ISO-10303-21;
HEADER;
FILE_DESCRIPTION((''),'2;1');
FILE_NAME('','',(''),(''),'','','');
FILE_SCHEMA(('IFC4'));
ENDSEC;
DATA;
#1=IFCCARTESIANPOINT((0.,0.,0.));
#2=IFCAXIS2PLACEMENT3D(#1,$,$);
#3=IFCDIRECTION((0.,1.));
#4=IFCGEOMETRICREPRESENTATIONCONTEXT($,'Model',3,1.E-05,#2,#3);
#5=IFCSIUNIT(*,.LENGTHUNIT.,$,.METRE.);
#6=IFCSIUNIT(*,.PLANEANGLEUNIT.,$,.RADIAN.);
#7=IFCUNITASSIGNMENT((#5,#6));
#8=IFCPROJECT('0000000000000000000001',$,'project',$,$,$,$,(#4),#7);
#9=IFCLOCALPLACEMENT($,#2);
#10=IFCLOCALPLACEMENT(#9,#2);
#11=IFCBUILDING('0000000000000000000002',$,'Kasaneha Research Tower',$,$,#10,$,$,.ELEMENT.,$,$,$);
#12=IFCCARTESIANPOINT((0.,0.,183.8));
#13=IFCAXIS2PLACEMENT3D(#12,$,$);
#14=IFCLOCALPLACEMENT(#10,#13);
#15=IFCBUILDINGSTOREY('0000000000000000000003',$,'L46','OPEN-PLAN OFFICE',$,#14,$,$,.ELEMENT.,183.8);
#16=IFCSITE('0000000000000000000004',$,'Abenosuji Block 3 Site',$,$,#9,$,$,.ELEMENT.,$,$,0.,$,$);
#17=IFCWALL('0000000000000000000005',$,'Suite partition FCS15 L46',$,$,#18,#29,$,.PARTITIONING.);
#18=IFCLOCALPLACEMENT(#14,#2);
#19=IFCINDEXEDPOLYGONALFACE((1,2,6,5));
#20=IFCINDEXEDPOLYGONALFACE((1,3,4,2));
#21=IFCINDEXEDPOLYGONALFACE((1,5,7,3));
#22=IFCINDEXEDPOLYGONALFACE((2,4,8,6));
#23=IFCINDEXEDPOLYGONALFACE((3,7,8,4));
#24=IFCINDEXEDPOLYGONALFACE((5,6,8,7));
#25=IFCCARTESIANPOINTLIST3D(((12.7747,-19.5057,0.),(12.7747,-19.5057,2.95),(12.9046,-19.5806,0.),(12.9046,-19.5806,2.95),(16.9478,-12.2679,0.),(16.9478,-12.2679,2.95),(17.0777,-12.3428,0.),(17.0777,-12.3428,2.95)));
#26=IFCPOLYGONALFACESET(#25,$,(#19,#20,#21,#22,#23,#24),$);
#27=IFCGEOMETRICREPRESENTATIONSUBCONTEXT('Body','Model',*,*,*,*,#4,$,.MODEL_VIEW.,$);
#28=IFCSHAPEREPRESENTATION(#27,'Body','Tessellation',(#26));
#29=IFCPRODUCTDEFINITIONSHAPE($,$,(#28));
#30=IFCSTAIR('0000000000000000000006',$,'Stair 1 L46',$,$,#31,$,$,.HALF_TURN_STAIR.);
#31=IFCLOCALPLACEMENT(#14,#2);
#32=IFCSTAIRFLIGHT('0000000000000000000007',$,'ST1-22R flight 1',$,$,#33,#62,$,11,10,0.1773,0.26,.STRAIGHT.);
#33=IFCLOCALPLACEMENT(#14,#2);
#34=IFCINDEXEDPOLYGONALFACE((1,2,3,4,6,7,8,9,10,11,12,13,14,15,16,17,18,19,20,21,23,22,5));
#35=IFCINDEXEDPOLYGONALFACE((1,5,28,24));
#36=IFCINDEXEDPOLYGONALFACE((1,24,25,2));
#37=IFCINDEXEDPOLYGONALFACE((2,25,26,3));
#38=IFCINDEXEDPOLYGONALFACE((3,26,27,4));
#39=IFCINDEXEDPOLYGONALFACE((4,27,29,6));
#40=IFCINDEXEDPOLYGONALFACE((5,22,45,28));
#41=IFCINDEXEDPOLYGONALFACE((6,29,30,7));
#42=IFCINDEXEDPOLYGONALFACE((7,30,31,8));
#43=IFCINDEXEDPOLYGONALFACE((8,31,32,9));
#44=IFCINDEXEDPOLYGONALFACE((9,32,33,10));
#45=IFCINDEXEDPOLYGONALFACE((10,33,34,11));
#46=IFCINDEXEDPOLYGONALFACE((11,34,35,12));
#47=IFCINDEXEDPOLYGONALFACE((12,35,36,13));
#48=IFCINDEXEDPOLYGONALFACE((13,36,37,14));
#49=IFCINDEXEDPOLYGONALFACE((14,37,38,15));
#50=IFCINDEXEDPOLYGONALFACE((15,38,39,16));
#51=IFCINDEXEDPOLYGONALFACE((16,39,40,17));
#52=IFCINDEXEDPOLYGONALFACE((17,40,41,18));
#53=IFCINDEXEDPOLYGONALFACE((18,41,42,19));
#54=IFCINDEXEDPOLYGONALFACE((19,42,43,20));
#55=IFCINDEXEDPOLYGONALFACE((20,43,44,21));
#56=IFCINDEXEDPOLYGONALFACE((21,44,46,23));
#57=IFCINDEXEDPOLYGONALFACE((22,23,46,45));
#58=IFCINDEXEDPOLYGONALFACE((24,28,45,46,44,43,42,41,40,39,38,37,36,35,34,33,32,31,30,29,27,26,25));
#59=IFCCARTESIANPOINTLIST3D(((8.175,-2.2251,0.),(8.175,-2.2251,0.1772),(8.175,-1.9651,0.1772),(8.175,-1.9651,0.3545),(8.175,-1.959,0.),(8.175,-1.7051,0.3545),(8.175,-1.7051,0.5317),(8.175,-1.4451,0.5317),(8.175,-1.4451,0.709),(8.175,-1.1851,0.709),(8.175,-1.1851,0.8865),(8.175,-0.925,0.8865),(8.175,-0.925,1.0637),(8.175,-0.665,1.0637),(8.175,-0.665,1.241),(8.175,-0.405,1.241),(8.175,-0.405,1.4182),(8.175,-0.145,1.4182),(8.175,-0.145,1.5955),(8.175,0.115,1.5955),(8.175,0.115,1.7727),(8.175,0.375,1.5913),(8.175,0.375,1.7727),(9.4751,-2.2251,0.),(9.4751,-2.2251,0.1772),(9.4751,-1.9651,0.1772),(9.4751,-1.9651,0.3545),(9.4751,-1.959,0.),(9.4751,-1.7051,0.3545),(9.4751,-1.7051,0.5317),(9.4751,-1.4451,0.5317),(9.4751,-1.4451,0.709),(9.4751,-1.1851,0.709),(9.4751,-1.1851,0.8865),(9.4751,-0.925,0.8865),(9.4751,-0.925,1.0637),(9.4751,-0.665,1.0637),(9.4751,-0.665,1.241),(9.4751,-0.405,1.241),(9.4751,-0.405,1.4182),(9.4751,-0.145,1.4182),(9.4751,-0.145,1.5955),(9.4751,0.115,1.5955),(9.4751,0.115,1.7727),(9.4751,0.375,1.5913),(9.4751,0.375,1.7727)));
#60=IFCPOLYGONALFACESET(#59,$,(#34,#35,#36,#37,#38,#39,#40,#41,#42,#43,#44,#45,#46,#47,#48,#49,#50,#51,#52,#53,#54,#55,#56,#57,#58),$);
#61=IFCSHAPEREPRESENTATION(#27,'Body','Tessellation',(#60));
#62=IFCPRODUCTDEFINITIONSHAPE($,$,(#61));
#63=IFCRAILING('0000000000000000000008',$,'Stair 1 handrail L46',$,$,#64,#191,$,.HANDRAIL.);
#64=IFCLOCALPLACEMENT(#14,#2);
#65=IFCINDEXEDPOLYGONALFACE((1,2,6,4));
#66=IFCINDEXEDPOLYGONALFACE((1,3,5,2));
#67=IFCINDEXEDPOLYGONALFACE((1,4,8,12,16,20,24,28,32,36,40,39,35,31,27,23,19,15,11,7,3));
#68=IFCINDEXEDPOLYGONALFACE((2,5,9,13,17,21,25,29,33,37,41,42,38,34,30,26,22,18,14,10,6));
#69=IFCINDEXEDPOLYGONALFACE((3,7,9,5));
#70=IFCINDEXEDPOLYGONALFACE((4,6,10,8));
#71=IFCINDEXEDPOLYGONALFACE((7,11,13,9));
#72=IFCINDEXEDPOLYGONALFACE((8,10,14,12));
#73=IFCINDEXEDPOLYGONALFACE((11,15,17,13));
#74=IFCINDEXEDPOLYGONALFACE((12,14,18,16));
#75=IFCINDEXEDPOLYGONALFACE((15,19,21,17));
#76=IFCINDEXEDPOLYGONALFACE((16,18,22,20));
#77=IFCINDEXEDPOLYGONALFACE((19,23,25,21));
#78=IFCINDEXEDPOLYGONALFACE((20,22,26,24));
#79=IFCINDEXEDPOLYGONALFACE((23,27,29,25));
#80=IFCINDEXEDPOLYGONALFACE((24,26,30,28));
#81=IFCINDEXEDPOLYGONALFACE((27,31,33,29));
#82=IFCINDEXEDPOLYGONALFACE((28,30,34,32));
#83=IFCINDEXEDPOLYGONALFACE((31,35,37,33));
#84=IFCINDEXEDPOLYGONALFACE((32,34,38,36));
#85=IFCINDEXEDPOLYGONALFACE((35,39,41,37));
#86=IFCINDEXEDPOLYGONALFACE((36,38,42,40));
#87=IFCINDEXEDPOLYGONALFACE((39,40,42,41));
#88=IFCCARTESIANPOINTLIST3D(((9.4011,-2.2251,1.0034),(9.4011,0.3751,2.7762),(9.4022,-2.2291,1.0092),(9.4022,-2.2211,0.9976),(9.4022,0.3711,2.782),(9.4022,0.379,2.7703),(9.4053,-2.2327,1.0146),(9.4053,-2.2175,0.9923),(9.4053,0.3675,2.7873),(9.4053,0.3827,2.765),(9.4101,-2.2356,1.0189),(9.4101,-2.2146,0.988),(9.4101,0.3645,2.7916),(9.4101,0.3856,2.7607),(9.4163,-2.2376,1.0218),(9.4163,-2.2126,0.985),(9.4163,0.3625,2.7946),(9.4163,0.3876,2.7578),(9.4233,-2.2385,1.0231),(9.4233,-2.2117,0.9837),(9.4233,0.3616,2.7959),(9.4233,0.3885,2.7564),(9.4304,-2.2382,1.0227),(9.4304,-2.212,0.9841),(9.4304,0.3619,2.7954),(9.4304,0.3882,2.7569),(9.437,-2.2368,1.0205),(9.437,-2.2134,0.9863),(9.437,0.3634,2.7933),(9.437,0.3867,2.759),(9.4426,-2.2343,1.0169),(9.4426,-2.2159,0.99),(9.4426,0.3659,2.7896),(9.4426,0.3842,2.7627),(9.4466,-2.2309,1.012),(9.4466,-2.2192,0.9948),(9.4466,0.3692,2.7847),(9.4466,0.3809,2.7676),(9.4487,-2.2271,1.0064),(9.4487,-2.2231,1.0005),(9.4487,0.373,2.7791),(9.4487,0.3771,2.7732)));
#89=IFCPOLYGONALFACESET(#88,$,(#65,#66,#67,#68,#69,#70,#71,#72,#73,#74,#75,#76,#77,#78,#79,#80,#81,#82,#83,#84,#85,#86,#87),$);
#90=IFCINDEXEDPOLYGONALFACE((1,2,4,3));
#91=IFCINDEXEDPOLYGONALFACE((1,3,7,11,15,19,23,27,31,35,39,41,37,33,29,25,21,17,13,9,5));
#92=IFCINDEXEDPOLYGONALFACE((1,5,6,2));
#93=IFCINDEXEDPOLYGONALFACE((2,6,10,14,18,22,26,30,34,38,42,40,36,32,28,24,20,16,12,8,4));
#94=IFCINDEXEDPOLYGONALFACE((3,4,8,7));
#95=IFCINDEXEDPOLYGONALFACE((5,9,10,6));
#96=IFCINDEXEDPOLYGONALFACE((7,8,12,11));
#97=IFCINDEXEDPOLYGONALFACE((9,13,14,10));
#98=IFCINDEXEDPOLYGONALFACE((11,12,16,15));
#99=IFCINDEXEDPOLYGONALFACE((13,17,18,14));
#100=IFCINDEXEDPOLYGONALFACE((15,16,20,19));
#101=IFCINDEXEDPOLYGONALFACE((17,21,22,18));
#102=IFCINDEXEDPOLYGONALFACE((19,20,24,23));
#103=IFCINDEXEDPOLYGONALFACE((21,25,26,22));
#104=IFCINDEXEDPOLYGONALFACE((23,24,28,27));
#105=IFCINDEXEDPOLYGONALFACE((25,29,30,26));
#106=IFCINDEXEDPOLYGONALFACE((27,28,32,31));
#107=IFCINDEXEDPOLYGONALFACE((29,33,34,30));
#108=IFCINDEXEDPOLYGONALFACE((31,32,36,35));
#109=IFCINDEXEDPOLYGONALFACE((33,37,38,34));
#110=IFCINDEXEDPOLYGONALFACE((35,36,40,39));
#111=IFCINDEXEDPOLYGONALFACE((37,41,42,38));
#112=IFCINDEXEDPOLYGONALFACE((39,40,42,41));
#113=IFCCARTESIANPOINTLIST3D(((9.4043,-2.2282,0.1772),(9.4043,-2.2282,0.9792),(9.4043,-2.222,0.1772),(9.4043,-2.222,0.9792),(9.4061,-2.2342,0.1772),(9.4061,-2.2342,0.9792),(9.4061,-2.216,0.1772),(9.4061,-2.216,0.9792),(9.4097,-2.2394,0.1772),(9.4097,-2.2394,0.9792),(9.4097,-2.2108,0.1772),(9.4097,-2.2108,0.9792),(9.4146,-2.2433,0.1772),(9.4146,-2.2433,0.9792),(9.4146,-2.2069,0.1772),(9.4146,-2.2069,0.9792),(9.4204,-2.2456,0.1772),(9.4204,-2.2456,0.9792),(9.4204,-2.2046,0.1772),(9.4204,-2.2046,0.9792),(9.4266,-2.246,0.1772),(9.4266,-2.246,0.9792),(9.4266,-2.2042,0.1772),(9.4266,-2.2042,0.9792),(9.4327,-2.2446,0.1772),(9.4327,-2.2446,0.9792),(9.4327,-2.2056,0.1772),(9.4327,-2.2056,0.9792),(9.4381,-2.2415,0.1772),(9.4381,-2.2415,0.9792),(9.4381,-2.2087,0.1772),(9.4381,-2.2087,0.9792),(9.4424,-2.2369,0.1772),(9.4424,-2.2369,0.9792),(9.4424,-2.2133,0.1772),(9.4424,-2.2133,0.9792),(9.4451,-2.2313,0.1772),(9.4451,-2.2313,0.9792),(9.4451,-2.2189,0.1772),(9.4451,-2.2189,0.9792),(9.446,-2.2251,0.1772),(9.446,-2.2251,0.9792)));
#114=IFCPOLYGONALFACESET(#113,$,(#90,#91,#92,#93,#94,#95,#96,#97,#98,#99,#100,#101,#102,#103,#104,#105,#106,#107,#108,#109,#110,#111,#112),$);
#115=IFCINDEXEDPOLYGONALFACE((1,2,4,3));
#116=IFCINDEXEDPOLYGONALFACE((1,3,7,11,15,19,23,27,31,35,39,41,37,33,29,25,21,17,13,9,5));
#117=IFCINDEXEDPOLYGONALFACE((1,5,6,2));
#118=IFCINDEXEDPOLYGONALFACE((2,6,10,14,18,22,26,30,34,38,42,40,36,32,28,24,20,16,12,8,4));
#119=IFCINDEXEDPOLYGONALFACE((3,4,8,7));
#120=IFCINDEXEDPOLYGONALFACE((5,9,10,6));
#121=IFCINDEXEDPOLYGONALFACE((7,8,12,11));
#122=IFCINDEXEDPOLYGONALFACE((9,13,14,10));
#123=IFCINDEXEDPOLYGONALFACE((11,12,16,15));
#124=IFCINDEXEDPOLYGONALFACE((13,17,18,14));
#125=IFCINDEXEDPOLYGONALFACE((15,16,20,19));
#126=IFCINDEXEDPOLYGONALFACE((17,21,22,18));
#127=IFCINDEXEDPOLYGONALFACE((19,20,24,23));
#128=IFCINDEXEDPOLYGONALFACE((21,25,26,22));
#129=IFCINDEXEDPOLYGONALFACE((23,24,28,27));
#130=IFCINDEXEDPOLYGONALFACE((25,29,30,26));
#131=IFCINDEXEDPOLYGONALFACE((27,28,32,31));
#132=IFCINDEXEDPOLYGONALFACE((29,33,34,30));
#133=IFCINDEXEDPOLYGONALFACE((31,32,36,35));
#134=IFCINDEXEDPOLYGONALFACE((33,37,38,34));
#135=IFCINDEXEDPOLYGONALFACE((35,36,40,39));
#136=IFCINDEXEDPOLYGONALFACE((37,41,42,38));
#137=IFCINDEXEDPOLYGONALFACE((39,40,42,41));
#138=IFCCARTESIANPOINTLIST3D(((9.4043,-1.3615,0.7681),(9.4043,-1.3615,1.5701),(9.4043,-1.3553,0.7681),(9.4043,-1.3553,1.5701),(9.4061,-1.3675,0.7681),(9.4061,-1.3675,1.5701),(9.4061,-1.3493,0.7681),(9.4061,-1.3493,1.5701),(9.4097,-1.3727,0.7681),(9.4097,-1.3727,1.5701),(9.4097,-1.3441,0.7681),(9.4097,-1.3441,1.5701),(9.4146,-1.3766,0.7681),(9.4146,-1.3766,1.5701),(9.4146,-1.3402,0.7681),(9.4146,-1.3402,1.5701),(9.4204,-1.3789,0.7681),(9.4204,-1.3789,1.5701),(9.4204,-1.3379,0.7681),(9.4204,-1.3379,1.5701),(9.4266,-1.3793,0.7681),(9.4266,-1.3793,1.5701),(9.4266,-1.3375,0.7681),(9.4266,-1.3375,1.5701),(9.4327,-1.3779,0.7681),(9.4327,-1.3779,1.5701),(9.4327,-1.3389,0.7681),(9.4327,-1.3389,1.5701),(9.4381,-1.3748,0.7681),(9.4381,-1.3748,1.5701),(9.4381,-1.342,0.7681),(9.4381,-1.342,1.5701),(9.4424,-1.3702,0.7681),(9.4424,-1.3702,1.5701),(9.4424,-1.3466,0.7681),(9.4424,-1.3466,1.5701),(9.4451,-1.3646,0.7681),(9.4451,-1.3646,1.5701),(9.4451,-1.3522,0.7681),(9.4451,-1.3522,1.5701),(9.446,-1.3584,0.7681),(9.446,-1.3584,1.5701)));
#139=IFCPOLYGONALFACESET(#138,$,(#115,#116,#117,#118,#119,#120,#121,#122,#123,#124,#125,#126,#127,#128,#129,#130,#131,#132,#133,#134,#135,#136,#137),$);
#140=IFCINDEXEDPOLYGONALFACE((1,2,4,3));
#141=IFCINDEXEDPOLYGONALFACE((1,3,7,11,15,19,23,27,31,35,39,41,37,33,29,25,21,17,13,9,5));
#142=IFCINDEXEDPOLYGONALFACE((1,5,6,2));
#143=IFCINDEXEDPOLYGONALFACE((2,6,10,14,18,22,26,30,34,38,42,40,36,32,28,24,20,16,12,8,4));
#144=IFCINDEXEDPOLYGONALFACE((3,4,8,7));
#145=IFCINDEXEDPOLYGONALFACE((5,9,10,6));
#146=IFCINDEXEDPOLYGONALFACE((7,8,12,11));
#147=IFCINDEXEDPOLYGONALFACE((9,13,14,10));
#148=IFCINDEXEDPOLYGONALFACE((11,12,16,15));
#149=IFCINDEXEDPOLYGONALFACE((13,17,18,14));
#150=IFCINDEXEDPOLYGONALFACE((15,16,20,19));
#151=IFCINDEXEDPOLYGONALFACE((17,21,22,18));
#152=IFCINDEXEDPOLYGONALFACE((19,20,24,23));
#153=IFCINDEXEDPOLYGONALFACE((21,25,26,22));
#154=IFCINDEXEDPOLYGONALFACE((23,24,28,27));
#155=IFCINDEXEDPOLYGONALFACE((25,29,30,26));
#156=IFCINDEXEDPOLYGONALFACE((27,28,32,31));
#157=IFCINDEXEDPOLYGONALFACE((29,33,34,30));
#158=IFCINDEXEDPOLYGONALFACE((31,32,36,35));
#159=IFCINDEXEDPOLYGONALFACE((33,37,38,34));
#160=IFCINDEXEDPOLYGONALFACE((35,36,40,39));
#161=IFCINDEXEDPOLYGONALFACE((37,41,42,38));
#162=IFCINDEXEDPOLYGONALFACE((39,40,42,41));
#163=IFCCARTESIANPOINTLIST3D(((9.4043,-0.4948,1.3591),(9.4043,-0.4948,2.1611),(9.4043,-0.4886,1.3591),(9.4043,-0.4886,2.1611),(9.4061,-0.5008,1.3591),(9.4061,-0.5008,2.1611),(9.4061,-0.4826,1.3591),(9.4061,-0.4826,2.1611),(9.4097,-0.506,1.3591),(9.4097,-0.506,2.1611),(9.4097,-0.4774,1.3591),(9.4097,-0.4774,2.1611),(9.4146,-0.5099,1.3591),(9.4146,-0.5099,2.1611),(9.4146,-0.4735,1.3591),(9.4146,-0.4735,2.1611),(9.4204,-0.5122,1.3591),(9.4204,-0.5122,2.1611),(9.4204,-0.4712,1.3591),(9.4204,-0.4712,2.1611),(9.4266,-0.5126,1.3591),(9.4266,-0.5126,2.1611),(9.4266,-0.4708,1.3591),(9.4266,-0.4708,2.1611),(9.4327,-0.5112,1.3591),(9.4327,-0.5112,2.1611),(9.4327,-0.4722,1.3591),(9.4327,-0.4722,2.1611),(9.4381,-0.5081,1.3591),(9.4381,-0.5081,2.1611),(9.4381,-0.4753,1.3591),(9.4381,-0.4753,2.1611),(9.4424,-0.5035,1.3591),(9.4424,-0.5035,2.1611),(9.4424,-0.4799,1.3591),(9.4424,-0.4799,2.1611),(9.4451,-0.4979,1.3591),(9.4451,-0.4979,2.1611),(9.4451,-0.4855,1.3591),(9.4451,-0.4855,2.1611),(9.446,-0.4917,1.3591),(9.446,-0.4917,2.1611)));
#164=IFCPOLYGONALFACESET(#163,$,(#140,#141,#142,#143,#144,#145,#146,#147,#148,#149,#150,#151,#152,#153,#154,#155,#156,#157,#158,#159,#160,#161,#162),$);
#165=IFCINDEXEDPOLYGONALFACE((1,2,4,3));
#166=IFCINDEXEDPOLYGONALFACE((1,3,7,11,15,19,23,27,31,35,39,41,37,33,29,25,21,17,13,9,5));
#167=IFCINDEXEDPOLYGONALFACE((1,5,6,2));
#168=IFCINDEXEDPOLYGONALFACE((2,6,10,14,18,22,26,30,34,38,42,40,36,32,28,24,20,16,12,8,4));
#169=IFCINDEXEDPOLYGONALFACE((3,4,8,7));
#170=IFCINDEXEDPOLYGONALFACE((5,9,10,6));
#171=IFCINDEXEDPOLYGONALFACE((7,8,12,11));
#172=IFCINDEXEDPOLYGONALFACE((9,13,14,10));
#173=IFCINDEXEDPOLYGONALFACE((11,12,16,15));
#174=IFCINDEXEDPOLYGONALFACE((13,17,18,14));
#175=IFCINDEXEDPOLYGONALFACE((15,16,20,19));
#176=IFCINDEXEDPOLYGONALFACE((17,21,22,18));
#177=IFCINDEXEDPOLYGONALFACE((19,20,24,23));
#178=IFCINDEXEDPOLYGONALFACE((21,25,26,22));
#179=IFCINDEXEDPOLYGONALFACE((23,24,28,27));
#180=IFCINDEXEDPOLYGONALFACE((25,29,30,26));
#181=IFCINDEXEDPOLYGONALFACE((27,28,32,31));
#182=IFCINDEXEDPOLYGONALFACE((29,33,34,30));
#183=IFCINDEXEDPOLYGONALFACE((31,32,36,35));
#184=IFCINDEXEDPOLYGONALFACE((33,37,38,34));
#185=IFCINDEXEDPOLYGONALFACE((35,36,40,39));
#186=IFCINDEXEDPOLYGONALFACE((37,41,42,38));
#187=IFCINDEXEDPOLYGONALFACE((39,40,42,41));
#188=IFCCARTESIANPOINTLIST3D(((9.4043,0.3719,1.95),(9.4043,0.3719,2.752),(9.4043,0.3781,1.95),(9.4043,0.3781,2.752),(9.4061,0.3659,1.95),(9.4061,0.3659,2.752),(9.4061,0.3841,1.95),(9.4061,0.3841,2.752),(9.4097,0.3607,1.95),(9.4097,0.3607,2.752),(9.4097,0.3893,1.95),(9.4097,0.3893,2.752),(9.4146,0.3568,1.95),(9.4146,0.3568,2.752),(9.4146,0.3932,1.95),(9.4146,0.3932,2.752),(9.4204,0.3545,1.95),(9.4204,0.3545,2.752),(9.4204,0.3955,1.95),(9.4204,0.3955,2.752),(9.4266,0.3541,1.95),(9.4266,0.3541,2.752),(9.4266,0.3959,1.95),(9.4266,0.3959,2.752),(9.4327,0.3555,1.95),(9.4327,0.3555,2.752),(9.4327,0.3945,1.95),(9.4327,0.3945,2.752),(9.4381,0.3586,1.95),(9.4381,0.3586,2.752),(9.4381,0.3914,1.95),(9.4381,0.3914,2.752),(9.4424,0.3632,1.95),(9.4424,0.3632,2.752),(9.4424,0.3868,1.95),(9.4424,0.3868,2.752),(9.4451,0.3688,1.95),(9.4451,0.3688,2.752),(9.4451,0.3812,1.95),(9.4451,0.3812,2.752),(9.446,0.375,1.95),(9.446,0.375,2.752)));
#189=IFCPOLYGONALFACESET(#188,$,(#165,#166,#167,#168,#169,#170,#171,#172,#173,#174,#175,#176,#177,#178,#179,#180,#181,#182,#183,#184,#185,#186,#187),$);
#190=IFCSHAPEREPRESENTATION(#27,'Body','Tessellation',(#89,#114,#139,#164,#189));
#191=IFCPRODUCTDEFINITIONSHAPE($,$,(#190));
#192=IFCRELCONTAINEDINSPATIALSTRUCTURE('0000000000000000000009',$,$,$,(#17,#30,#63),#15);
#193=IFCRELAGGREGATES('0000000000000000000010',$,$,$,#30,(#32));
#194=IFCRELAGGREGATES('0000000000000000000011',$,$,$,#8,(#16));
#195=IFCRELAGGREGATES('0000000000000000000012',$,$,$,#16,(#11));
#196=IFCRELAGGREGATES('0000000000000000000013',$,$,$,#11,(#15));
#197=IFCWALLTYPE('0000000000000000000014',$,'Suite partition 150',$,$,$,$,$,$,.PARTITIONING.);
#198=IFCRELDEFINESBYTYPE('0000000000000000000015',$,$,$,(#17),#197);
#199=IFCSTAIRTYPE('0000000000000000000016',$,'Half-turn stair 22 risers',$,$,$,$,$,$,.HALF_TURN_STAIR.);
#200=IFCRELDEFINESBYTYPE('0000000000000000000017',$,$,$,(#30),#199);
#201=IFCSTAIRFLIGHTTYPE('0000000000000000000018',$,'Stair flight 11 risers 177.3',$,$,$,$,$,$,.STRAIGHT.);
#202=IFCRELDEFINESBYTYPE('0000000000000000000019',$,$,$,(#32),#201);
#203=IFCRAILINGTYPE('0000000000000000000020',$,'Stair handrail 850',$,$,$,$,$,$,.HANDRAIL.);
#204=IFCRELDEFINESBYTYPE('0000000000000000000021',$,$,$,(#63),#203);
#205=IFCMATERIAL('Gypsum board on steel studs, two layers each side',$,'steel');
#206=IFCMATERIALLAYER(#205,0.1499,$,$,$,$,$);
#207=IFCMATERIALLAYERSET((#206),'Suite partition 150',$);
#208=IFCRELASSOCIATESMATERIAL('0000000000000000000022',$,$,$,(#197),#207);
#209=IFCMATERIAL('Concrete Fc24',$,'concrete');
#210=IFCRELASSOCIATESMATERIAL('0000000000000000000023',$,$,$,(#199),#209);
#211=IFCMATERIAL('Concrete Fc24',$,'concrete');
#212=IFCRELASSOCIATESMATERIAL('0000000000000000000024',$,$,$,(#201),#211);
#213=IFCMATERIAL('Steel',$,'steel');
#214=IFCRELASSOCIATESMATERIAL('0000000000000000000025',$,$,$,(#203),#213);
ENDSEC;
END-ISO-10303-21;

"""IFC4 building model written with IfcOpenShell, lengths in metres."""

from ifc_helpers import new_model, si_unit, direction, frame, frame_2d, origin, origin_2d, place, context, subcontext, project, spatial, polyline, rectangle, circle, outline, extrude, material, layer, layer_set, type_object, element, aggregate, save


model = new_model("IFC4")

# Units and contexts
model_context = context("Model", 3, precision=1e-05, world=origin(), true_north=direction((0.0, 1.0)))
body_context = subcontext(model_context, "Body", "Model", "MODEL_VIEW")
ifc_project = project(units=[si_unit("LENGTHUNIT", "METRE"), si_unit("PLANEANGLEUNIT", "RADIAN")], contexts=[model_context])

# Site, building, storey
site_placement = place(None, origin())
site = spatial("IfcSite", under=ifc_project, at=site_placement, Name="Abenosuji Block 3 Site", CompositionType="ELEMENT", RefElevation=0.0)
building_placement = place(site_placement, origin())
building = spatial("IfcBuilding", under=site, at=building_placement, Name="Kasaneha Research Tower", CompositionType="ELEMENT")
storey_placement = place(building_placement, frame((0.0, 0.0, 183.8)))
storey = spatial("IfcBuildingStorey", under=building, at=storey_placement, Name="L46", Description="OPEN-PLAN OFFICE", CompositionType="ELEMENT", Elevation=183.8)

# Wall
ifc_material_1 = material(Name="Gypsum board on steel studs, two layers each side", Category="steel")
ifc_layer_1 = layer(ifc_material_1, 0.1499)
ifc_layer_set_1 = layer_set([ifc_layer_1], Name="Suite partition 150")
wall_type_1 = type_object("IfcWallType", Name="Suite partition 150", PredefinedType="PARTITIONING", material=ifc_layer_set_1)
wall_1_placement = place(storey_placement, frame((17.0127, -12.3054, 0.0), z_axis=(0.0, 0.0, 1.0), x_axis=(-0.499493, -0.866318, 0.0)))
element("IfcWall", 1, at=wall_1_placement, inside=storey, type_object=wall_type_1, Name="Suite partition FCS15 L46", PredefinedType="PARTITIONING", context=body_context, shape_type="SweptSolid", body=[
    extrude(rectangle(XDim=8.3547, YDim=0.1499, at=frame_2d((4.1772, 0.0))), origin(), (0.0, 0.0, 1.0), 2.95),
])

# Stair, stair flight
ifc_material_2 = material(Name="Concrete Fc24", Category="concrete")
stair_type = type_object("IfcStairType", Name="Half-turn stair 22 risers", PredefinedType="HALF_TURN_STAIR", material=ifc_material_2)
stair_placement = place(storey_placement, origin())
stair = element("IfcStair", 2, at=stair_placement, inside=storey, type_object=stair_type, Name="Stair 1 L46", PredefinedType="HALF_TURN_STAIR")
ifc_material_3 = material(Name="Concrete Fc24", Category="concrete")
stair_flight_type = type_object("IfcStairFlightType", Name="Stair flight 11 risers 177.3", PredefinedType="STRAIGHT", material=ifc_material_3)
stair_flight_placement = place(storey_placement, frame((8.825, -2.2251, 0.0), z_axis=(0.0, 0.0, 1.0), x_axis=(0.0, 1.0, 0.0)))
stair_flight = element("IfcStairFlight", 3, at=stair_flight_placement, type_object=stair_flight_type, Name="ST1-22R flight 1", NumberOfRisers=11, NumberOfTreads=10, PredefinedType="STRAIGHT", RiserHeight=0.1773, TreadLength=0.26, context=body_context, shape_type="SweptSolid", body=[
    extrude(outline(polyline([(0.0, 0.0), (0.0, 0.1772), (0.26, 0.1772), (0.26, 0.3545), (0.52, 0.3545), (0.52, 0.5317), (0.78, 0.5317), (0.78, 0.709), (1.04, 0.709), (1.04, 0.8865), (1.3, 0.8865), (1.3, 1.0637), (1.5601, 1.0637), (1.5601, 1.241), (1.8201, 1.241), (1.8201, 1.4182), (2.0801, 1.4182), (2.0801, 1.5955), (2.3401, 1.5955), (2.3401, 1.7727), (2.6001, 1.7727), (2.6001, 1.95), (2.6001, 1.5913), (0.2661, 0.0), (0.0, 0.0)])), frame((0.0, 0.6499, 0.0), z_axis=(0.0, -1.0, 0.0), x_axis=(1.0, 0.0, 0.0)), (0.0, 0.0, 1.0), 1.3),
])
aggregate(stair, [stair_flight])

# Railing
ifc_material_4 = material(Name="Steel", Category="steel")
railing_type = type_object("IfcRailingType", Name="Stair handrail 850", PredefinedType="HANDRAIL", material=ifc_material_4)
railing_placement = place(storey_placement, frame((9.425, -2.2251, 0.1772)))
element("IfcRailing", 4, at=railing_placement, inside=storey, type_object=railing_type, Name="Stair 1 handrail L46", PredefinedType="HANDRAIL", context=body_context, shape_type="SweptSolid", body=[
    extrude(circle(Radius=0.0239, at=origin_2d()), frame((0.0, 0.0, 0.8262), z_axis=(0.0, 0.82624, 0.563318), x_axis=(-1.0, 0.0, 0.0)), (0.0, 0.0, 1.0), 3.147),
    extrude(circle(Radius=0.021, at=origin_2d()), origin(), (0.0, 0.0, 1.0), 0.802),
    extrude(circle(Radius=0.021, at=origin_2d()), frame((0.0, 0.8667, 0.5908)), (0.0, 0.0, 1.0), 0.802),
    extrude(circle(Radius=0.021, at=origin_2d()), frame((0.0, 1.7334, 1.1819)), (0.0, 0.0, 1.0), 0.802),
    extrude(circle(Radius=0.021, at=origin_2d()), frame((0.0, 2.6001, 1.7727)), (0.0, 0.0, 1.0), 0.802),
])

save(model, "model.ifc")
